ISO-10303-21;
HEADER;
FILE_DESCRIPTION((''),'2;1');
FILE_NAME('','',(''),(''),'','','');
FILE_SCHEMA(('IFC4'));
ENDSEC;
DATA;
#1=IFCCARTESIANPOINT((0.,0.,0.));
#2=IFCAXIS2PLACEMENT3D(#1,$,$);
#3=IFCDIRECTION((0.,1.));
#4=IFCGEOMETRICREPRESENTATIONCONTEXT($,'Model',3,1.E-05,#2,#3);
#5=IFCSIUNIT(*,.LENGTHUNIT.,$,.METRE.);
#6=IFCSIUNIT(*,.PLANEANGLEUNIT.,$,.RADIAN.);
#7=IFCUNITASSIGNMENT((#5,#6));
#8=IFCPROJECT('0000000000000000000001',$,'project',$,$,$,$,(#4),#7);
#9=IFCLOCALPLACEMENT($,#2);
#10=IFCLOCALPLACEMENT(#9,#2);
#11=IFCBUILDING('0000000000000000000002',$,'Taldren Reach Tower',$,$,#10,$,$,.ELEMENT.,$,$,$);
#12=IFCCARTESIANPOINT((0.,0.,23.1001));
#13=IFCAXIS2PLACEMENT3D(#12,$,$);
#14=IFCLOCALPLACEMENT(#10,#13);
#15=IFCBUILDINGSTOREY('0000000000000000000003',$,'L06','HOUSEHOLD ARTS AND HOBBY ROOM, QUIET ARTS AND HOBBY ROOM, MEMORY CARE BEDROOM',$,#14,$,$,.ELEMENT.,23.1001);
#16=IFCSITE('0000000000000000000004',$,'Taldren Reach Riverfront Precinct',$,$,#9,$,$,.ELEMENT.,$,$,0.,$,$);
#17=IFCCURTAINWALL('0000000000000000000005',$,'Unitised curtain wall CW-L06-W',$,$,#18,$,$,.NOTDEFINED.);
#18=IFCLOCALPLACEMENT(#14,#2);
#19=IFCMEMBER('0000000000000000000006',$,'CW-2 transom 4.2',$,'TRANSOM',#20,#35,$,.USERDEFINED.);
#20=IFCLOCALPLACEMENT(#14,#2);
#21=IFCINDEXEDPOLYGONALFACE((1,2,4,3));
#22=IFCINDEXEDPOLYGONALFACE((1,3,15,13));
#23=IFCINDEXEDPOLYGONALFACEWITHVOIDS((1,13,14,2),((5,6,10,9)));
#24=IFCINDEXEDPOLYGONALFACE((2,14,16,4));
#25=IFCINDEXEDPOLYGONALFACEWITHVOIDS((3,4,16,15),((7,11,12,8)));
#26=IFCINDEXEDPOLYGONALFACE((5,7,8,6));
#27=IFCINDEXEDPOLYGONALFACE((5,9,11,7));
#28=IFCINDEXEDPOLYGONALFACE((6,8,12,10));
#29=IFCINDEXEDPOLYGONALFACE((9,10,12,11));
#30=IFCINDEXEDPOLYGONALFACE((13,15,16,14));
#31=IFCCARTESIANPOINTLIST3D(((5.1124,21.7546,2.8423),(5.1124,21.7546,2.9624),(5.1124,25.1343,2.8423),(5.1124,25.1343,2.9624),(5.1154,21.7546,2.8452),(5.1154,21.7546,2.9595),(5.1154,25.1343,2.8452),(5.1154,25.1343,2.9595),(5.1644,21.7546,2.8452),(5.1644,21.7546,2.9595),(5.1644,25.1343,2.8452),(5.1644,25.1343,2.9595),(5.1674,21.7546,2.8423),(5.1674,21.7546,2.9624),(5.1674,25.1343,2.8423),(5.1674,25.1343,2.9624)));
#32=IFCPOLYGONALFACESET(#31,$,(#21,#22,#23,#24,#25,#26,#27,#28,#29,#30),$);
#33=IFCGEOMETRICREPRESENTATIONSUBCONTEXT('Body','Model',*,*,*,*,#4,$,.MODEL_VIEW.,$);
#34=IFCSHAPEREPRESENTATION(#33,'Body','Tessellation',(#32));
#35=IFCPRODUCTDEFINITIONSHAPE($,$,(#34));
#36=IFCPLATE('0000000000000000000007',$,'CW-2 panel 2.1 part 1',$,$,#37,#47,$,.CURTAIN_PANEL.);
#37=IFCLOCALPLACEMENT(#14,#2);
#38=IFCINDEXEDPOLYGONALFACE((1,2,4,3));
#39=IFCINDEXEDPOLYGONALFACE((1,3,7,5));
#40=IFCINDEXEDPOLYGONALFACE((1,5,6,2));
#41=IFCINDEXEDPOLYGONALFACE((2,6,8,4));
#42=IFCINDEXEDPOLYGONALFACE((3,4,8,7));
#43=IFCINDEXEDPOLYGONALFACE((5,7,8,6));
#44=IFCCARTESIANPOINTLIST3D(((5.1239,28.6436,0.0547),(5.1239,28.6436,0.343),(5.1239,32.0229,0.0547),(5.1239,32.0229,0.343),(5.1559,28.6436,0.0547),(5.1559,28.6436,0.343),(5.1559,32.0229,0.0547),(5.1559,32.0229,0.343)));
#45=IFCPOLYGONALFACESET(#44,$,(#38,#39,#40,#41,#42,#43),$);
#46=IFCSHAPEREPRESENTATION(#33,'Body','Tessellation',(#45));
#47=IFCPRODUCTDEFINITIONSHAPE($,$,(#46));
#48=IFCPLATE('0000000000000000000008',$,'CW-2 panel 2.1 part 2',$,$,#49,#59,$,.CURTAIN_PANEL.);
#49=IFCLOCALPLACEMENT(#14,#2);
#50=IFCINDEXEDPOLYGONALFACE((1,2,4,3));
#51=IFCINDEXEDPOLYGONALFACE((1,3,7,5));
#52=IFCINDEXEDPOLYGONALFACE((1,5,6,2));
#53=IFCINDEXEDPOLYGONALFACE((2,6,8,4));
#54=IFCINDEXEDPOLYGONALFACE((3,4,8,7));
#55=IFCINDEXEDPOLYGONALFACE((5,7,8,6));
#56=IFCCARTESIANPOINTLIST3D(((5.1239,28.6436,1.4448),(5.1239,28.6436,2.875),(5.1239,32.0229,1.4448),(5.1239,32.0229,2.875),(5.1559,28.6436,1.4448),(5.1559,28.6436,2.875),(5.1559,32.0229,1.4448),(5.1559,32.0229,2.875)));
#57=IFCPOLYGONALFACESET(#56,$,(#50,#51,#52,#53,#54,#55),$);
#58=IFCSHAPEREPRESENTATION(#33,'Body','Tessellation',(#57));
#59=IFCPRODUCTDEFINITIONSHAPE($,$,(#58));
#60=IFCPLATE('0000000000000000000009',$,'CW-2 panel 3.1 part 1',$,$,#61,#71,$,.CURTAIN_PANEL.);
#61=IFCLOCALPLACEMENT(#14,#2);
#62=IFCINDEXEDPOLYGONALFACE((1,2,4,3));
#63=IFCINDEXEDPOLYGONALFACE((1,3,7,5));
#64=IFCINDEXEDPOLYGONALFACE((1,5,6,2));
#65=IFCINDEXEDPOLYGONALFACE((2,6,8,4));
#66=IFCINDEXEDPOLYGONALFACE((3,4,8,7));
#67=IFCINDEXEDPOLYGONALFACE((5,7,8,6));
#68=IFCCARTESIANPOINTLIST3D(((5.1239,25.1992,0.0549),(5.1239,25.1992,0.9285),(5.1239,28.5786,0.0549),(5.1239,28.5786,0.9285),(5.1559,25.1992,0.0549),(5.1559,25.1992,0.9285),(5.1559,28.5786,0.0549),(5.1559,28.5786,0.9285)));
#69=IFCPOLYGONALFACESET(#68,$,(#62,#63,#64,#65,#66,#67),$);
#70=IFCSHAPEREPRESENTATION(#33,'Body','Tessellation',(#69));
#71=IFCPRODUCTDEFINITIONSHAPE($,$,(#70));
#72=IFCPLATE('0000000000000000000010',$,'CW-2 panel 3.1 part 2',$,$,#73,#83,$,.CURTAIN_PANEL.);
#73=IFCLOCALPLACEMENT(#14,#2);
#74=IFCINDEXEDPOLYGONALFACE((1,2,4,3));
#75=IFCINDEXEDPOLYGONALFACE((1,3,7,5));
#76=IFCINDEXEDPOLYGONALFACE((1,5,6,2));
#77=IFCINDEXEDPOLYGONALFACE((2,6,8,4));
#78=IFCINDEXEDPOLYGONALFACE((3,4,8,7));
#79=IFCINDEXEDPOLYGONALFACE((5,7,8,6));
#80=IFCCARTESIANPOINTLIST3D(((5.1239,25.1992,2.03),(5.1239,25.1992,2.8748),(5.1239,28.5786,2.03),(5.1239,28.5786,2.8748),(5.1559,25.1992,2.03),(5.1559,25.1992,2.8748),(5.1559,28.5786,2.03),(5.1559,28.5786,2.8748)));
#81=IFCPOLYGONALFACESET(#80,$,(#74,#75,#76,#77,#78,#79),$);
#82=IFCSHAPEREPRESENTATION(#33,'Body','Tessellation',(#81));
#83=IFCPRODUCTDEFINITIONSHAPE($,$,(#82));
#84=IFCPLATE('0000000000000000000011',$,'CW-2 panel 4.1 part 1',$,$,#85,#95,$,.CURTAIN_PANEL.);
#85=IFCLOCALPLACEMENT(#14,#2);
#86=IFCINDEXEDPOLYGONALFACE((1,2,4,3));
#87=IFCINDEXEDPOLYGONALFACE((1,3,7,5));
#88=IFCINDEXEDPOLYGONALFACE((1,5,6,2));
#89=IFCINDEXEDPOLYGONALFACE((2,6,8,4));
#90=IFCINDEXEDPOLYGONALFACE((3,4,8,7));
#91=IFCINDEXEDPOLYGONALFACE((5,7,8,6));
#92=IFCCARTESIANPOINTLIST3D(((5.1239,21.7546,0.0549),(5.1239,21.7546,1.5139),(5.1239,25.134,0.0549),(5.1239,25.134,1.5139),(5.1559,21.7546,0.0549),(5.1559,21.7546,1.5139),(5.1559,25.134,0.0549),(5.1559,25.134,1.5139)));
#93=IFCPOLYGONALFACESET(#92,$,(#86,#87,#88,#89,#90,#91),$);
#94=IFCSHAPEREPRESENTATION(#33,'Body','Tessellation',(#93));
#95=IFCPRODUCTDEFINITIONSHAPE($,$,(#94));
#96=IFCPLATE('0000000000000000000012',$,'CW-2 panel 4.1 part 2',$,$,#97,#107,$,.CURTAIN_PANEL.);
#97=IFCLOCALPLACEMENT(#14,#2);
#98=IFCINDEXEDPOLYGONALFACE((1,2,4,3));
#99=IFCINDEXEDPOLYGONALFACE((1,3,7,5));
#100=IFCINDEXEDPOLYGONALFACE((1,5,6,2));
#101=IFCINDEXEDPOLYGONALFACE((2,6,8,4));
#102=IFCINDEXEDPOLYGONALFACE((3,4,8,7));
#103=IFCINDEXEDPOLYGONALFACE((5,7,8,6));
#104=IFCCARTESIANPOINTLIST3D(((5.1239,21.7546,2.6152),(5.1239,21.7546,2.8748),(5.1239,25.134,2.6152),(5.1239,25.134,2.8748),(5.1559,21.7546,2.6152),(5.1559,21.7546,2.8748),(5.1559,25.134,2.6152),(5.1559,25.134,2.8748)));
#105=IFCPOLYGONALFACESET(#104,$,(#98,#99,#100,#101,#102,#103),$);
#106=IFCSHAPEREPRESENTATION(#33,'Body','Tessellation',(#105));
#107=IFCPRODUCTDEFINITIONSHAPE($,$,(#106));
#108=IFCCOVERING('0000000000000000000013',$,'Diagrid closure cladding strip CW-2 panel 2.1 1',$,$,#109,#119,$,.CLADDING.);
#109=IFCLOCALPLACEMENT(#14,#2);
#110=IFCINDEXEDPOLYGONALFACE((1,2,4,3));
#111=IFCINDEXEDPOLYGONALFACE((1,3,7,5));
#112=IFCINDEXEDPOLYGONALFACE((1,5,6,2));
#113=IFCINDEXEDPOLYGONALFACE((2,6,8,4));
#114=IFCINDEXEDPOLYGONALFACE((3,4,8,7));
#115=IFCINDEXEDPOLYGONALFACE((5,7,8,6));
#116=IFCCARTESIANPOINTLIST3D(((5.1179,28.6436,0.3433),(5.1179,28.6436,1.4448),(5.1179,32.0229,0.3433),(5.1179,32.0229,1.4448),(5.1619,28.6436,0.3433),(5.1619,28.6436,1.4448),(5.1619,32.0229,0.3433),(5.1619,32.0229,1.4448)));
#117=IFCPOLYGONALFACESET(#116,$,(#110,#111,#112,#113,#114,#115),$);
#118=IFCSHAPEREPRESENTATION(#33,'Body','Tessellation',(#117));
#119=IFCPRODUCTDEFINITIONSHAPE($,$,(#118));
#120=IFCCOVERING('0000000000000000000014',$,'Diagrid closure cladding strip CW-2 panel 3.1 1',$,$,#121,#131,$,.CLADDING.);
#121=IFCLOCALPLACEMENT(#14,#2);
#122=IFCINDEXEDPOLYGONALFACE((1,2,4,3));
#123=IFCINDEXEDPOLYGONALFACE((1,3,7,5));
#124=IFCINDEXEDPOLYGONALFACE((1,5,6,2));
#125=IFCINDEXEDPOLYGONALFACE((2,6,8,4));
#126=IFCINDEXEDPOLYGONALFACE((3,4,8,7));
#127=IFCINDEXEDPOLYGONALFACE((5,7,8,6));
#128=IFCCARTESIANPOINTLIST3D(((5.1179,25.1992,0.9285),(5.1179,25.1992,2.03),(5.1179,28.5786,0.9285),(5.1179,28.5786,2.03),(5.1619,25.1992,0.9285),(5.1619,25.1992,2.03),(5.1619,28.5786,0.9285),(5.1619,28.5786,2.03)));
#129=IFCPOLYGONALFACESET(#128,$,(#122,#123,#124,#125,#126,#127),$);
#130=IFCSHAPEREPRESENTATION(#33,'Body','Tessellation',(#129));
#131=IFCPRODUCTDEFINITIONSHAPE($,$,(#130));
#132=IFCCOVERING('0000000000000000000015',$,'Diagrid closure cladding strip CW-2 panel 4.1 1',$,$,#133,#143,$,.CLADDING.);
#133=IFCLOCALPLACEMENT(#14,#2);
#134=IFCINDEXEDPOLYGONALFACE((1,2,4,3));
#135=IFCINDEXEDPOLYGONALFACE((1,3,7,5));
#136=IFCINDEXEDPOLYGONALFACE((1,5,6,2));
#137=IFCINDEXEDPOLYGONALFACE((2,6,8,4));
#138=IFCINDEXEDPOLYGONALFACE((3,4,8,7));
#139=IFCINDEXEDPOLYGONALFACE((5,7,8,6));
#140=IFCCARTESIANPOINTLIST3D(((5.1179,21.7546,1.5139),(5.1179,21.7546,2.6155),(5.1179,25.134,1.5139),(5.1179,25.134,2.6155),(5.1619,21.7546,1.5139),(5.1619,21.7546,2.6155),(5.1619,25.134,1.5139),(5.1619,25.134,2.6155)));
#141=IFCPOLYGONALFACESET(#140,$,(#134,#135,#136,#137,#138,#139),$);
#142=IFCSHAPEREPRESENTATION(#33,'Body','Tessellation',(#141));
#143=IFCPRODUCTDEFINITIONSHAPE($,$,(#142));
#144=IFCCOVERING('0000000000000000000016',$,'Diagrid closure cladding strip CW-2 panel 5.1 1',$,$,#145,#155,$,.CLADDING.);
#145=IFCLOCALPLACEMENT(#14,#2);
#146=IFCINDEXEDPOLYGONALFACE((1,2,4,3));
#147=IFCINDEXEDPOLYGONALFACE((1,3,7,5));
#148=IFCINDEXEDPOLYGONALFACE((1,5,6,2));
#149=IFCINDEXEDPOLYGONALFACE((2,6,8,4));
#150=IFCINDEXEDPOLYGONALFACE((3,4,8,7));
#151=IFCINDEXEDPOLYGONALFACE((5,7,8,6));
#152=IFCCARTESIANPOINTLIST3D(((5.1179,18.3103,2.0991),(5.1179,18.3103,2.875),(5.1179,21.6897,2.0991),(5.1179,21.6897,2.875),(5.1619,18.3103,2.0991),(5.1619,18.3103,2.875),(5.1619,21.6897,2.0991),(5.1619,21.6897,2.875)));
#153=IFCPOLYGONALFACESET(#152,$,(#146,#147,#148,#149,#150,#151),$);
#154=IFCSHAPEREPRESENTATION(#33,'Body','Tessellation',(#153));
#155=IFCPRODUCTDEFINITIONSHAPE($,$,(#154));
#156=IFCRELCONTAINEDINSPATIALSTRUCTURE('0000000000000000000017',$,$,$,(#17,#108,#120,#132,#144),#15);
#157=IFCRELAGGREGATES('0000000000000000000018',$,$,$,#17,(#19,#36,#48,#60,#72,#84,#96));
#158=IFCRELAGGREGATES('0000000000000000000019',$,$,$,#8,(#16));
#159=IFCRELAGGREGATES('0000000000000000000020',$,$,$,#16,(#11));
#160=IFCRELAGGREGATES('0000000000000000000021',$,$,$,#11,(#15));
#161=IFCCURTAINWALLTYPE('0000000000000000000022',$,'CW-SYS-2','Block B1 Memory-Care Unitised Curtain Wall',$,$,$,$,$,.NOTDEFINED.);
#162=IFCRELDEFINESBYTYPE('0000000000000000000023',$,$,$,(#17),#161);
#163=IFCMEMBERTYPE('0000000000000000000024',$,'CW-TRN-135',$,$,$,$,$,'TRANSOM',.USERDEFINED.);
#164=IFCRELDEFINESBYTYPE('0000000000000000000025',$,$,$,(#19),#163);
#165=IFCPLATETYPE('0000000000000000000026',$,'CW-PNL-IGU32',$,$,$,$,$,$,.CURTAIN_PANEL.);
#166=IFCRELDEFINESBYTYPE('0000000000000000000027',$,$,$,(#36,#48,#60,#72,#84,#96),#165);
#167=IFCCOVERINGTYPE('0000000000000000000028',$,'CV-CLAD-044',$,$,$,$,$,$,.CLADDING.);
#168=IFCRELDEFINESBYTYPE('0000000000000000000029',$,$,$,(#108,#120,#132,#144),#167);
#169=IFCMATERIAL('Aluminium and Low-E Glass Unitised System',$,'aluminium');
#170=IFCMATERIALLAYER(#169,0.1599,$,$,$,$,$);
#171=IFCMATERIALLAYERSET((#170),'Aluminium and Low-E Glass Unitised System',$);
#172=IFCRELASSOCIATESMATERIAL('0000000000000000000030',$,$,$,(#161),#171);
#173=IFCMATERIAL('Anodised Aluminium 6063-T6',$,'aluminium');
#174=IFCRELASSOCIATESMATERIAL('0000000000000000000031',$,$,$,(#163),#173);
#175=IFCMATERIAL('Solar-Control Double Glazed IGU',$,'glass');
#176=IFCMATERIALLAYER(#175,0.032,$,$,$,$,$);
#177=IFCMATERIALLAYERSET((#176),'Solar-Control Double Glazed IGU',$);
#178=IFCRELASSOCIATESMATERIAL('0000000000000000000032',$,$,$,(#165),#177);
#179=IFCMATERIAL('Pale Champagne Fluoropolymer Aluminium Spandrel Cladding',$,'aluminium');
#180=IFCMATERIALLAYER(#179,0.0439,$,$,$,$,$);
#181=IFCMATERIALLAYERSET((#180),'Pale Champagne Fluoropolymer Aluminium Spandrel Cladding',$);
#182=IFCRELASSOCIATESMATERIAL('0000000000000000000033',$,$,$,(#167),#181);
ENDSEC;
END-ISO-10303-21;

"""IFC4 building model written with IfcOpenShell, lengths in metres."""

from ifc_helpers import new_model, si_unit, direction, frame, origin, origin_2d, place, context, subcontext, project, spatial, rectangle, hollow_rectangle, extrude, source, transform, mapped, material, layer, layer_set, material_profile, profile_set, type_object, element, aggregate, save


model = new_model("IFC4")

# Units and contexts
model_context = context("Model", 3, precision=1e-05, world=origin(), true_north=direction((0.0, 1.0)))
body_context = subcontext(model_context, "Body", "Model", "MODEL_VIEW")
ifc_project = project(units=[si_unit("LENGTHUNIT", "METRE"), si_unit("PLANEANGLEUNIT", "RADIAN")], contexts=[model_context])

# Site, building, storey
site_placement = place(None, origin())
site = spatial("IfcSite", under=ifc_project, at=site_placement, Name="Taldren Reach Riverfront Precinct", CompositionType="ELEMENT", RefElevation=0.0)
building_placement = place(site_placement, origin())
building = spatial("IfcBuilding", under=site, at=building_placement, Name="Taldren Reach Tower", CompositionType="ELEMENT")
storey_placement = place(building_placement, frame((0.0, 0.0, 23.1001)))
storey = spatial("IfcBuildingStorey", under=building, at=storey_placement, Name="L06", Description="HOUSEHOLD ARTS AND HOBBY ROOM, QUIET ARTS AND HOBBY ROOM, MEMORY CARE BEDROOM", CompositionType="ELEMENT", Elevation=23.1001)

# Curtain wall, member, plates
ifc_material_1 = material(Name="Aluminium and Low-E Glass Unitised System", Category="aluminium")
ifc_layer_1 = layer(ifc_material_1, 0.1599)
ifc_layer_set_1 = layer_set([ifc_layer_1], Name="Aluminium and Low-E Glass Unitised System")
curtain_wall_type = type_object("IfcCurtainWallType", Name="CW-SYS-2", Description="Block B1 Memory-Care Unitised Curtain Wall", PredefinedType="NOTDEFINED", material=ifc_layer_set_1)
curtain_wall_placement = place(storey_placement, origin())
curtain_wall = element("IfcCurtainWall", 1, at=curtain_wall_placement, inside=storey, type_object=curtain_wall_type, Name="Unitised curtain wall CW-L06-W", PredefinedType="NOTDEFINED")
ifc_material_2 = material(Name="Anodised Aluminium 6063-T6", Category="aluminium")
ifc_material_profile_1 = material_profile(ifc_material_2, hollow_rectangle(XDim=0.0549, YDim=0.1201, WallThickness=0.0029, at=origin_2d()), Name="ALU-120x55x3RHS")
ifc_profile_set_1 = profile_set([ifc_material_profile_1], Name="Anodised Aluminium 6063-T6")
member_type_1 = type_object("IfcMemberType", Name="CW-TRN-135", ElementType="TRANSOM", PredefinedType="USERDEFINED", material=ifc_profile_set_1)
shared_shape_1 = source(origin(), body_context, "Body", "SweptSolid", [
    extrude(hollow_rectangle(XDim=0.0549, YDim=0.1201, WallThickness=0.0029, at=origin_2d()), origin(), (0.0, 0.0, 1.0), 3.3796),
])
member_1_placement = place(storey_placement, frame((5.1399, 25.1343, 2.9023), z_axis=(0.0, -1.0, 0.0), x_axis=(1.0, 0.0, 0.0)))
member_1 = element("IfcMember", 2, at=member_1_placement, type_object=member_type_1, Name="CW-2 transom 4.2", ObjectType="TRANSOM", PredefinedType="USERDEFINED", context=body_context, shape_type="MappedRepresentation", body=[
    mapped(shared_shape_1, transform((0.0, 0.0, 0.0), scale=1.0)),
])
ifc_material_3 = material(Name="Solar-Control Double Glazed IGU", Category="glass")
ifc_layer_2 = layer(ifc_material_3, 0.032)
ifc_layer_set_2 = layer_set([ifc_layer_2], Name="Solar-Control Double Glazed IGU")
plate_type = type_object("IfcPlateType", Name="CW-PNL-IGU32", PredefinedType="CURTAIN_PANEL", material=ifc_layer_set_2)
shared_shape_2 = source(origin(), body_context, "Body", "SweptSolid", [
    extrude(rectangle(XDim=3.3794, YDim=0.032, at=origin_2d()), origin(), (0.0, 0.0, 1.0), 0.2883),
])
plate_1_placement = place(storey_placement, frame((5.1399, 30.3333, 0.0547), z_axis=(0.0, 0.0, 1.0), x_axis=(0.0, -1.0, 0.0)))
plate_1 = element("IfcPlate", 3, at=plate_1_placement, type_object=plate_type, Name="CW-2 panel 2.1 part 1", PredefinedType="CURTAIN_PANEL", context=body_context, shape_type="MappedRepresentation", body=[
    mapped(shared_shape_2, transform((0.0, 0.0, 0.0), scale=1.0)),
])
shared_shape_3 = source(origin(), body_context, "Body", "SweptSolid", [
    extrude(rectangle(XDim=3.3794, YDim=0.032, at=origin_2d()), origin(), (0.0, 0.0, 1.0), 1.4302),
])
plate_2_placement = place(storey_placement, frame((5.1399, 30.3333, 1.4448), z_axis=(0.0, 0.0, 1.0), x_axis=(0.0, -1.0, 0.0)))
plate_2 = element("IfcPlate", 4, at=plate_2_placement, type_object=plate_type, Name="CW-2 panel 2.1 part 2", PredefinedType="CURTAIN_PANEL", context=body_context, shape_type="MappedRepresentation", body=[
    mapped(shared_shape_3, transform((0.0, 0.0, 0.0), scale=1.0)),
])
shared_shape_4 = source(origin(), body_context, "Body", "SweptSolid", [
    extrude(rectangle(XDim=3.3794, YDim=0.032, at=origin_2d()), origin(), (0.0, 0.0, 1.0), 0.8735),
])
plate_3_placement = place(storey_placement, frame((5.1399, 26.8889, 0.0549), z_axis=(0.0, 0.0, 1.0), x_axis=(0.0, -1.0, 0.0)))
plate_3 = element("IfcPlate", 5, at=plate_3_placement, type_object=plate_type, Name="CW-2 panel 3.1 part 1", PredefinedType="CURTAIN_PANEL", context=body_context, shape_type="MappedRepresentation", body=[
    mapped(shared_shape_4, transform((0.0, 0.0, 0.0), scale=1.0)),
])
shared_shape_5 = source(origin(), body_context, "Body", "SweptSolid", [
    extrude(rectangle(XDim=3.3794, YDim=0.032, at=origin_2d()), origin(), (0.0, 0.0, 1.0), 0.8447),
])
plate_4_placement = place(storey_placement, frame((5.1399, 26.8889, 2.03), z_axis=(0.0, 0.0, 1.0), x_axis=(0.0, -1.0, 0.0)))
plate_4 = element("IfcPlate", 6, at=plate_4_placement, type_object=plate_type, Name="CW-2 panel 3.1 part 2", PredefinedType="CURTAIN_PANEL", context=body_context, shape_type="MappedRepresentation", body=[
    mapped(shared_shape_5, transform((0.0, 0.0, 0.0), scale=1.0)),
])
shared_shape_6 = source(origin(), body_context, "Body", "SweptSolid", [
    extrude(rectangle(XDim=3.3794, YDim=0.032, at=origin_2d()), origin(), (0.0, 0.0, 1.0), 1.459),
])
plate_5_placement = place(storey_placement, frame((5.1399, 23.4443, 0.0549), z_axis=(0.0, 0.0, 1.0), x_axis=(0.0, -1.0, 0.0)))
plate_5 = element("IfcPlate", 7, at=plate_5_placement, type_object=plate_type, Name="CW-2 panel 4.1 part 1", PredefinedType="CURTAIN_PANEL", context=body_context, shape_type="MappedRepresentation", body=[
    mapped(shared_shape_6, transform((0.0, 0.0, 0.0), scale=1.0)),
])
shared_shape_7 = source(origin(), body_context, "Body", "SweptSolid", [
    extrude(rectangle(XDim=3.3794, YDim=0.032, at=origin_2d()), origin(), (0.0, 0.0, 1.0), 0.2595),
])
plate_6_placement = place(storey_placement, frame((5.1399, 23.4443, 2.6152), z_axis=(0.0, 0.0, 1.0), x_axis=(0.0, -1.0, 0.0)))
plate_6 = element("IfcPlate", 8, at=plate_6_placement, type_object=plate_type, Name="CW-2 panel 4.1 part 2", PredefinedType="CURTAIN_PANEL", context=body_context, shape_type="MappedRepresentation", body=[
    mapped(shared_shape_7, transform((0.0, 0.0, 0.0), scale=1.0)),
])
aggregate(curtain_wall, [member_1, plate_1, plate_2, plate_3, plate_4, plate_5, plate_6])

# Coverings
ifc_material_4 = material(Name="Pale Champagne Fluoropolymer Aluminium Spandrel Cladding", Category="aluminium")
ifc_layer_3 = layer(ifc_material_4, 0.0439)
ifc_layer_set_3 = layer_set([ifc_layer_3], Name="Pale Champagne Fluoropolymer Aluminium Spandrel Cladding")
covering_type = type_object("IfcCoveringType", Name="CV-CLAD-044", PredefinedType="CLADDING", material=ifc_layer_set_3)
shared_shape_8 = source(origin(), body_context, "Body", "SweptSolid", [
    extrude(rectangle(XDim=3.3794, YDim=0.0439, at=origin_2d()), origin(), (0.0, 0.0, 1.0), 1.1016),
])
for number, where, z_axis, x_axis, name in (
    (9, (5.1399, 30.3333, 0.3433), (0.0, 0.0, 1.0), (0.0, -1.0, 0.0), "Diagrid closure cladding strip CW-2 panel 2.1 1"),
    (10, (5.1399, 26.8889, 0.9285), (0.0, 0.0, 1.0), (0.0, -1.0, 0.0), "Diagrid closure cladding strip CW-2 panel 3.1 1"),
    (11, (5.1399, 23.4443, 1.5139), (0.0, 0.0, 1.0), (0.0, -1.0, 0.0), "Diagrid closure cladding strip CW-2 panel 4.1 1"),
):
    element("IfcCovering", number, at=place(storey_placement, frame(where, z_axis=z_axis, x_axis=x_axis)), inside=storey, type_object=covering_type, Name=name, PredefinedType="CLADDING", context=body_context, shape_type="MappedRepresentation", body=[
        mapped(shared_shape_8, transform((0.0, 0.0, 0.0), scale=1.0)),
    ])
shared_shape_9 = source(origin(), body_context, "Body", "SweptSolid", [
    extrude(rectangle(XDim=3.3794, YDim=0.0439, at=origin_2d()), origin(), (0.0, 0.0, 1.0), 0.7759),
])
covering_placement = place(storey_placement, frame((5.1399, 20.0, 2.0991), z_axis=(0.0, 0.0, 1.0), x_axis=(0.0, -1.0, 0.0)))
element("IfcCovering", 12, at=covering_placement, inside=storey, type_object=covering_type, Name="Diagrid closure cladding strip CW-2 panel 5.1 1", PredefinedType="CLADDING", context=body_context, shape_type="MappedRepresentation", body=[
    mapped(shared_shape_9, transform((0.0, 0.0, 0.0), scale=1.0)),
])

save(model, "model.ifc")
